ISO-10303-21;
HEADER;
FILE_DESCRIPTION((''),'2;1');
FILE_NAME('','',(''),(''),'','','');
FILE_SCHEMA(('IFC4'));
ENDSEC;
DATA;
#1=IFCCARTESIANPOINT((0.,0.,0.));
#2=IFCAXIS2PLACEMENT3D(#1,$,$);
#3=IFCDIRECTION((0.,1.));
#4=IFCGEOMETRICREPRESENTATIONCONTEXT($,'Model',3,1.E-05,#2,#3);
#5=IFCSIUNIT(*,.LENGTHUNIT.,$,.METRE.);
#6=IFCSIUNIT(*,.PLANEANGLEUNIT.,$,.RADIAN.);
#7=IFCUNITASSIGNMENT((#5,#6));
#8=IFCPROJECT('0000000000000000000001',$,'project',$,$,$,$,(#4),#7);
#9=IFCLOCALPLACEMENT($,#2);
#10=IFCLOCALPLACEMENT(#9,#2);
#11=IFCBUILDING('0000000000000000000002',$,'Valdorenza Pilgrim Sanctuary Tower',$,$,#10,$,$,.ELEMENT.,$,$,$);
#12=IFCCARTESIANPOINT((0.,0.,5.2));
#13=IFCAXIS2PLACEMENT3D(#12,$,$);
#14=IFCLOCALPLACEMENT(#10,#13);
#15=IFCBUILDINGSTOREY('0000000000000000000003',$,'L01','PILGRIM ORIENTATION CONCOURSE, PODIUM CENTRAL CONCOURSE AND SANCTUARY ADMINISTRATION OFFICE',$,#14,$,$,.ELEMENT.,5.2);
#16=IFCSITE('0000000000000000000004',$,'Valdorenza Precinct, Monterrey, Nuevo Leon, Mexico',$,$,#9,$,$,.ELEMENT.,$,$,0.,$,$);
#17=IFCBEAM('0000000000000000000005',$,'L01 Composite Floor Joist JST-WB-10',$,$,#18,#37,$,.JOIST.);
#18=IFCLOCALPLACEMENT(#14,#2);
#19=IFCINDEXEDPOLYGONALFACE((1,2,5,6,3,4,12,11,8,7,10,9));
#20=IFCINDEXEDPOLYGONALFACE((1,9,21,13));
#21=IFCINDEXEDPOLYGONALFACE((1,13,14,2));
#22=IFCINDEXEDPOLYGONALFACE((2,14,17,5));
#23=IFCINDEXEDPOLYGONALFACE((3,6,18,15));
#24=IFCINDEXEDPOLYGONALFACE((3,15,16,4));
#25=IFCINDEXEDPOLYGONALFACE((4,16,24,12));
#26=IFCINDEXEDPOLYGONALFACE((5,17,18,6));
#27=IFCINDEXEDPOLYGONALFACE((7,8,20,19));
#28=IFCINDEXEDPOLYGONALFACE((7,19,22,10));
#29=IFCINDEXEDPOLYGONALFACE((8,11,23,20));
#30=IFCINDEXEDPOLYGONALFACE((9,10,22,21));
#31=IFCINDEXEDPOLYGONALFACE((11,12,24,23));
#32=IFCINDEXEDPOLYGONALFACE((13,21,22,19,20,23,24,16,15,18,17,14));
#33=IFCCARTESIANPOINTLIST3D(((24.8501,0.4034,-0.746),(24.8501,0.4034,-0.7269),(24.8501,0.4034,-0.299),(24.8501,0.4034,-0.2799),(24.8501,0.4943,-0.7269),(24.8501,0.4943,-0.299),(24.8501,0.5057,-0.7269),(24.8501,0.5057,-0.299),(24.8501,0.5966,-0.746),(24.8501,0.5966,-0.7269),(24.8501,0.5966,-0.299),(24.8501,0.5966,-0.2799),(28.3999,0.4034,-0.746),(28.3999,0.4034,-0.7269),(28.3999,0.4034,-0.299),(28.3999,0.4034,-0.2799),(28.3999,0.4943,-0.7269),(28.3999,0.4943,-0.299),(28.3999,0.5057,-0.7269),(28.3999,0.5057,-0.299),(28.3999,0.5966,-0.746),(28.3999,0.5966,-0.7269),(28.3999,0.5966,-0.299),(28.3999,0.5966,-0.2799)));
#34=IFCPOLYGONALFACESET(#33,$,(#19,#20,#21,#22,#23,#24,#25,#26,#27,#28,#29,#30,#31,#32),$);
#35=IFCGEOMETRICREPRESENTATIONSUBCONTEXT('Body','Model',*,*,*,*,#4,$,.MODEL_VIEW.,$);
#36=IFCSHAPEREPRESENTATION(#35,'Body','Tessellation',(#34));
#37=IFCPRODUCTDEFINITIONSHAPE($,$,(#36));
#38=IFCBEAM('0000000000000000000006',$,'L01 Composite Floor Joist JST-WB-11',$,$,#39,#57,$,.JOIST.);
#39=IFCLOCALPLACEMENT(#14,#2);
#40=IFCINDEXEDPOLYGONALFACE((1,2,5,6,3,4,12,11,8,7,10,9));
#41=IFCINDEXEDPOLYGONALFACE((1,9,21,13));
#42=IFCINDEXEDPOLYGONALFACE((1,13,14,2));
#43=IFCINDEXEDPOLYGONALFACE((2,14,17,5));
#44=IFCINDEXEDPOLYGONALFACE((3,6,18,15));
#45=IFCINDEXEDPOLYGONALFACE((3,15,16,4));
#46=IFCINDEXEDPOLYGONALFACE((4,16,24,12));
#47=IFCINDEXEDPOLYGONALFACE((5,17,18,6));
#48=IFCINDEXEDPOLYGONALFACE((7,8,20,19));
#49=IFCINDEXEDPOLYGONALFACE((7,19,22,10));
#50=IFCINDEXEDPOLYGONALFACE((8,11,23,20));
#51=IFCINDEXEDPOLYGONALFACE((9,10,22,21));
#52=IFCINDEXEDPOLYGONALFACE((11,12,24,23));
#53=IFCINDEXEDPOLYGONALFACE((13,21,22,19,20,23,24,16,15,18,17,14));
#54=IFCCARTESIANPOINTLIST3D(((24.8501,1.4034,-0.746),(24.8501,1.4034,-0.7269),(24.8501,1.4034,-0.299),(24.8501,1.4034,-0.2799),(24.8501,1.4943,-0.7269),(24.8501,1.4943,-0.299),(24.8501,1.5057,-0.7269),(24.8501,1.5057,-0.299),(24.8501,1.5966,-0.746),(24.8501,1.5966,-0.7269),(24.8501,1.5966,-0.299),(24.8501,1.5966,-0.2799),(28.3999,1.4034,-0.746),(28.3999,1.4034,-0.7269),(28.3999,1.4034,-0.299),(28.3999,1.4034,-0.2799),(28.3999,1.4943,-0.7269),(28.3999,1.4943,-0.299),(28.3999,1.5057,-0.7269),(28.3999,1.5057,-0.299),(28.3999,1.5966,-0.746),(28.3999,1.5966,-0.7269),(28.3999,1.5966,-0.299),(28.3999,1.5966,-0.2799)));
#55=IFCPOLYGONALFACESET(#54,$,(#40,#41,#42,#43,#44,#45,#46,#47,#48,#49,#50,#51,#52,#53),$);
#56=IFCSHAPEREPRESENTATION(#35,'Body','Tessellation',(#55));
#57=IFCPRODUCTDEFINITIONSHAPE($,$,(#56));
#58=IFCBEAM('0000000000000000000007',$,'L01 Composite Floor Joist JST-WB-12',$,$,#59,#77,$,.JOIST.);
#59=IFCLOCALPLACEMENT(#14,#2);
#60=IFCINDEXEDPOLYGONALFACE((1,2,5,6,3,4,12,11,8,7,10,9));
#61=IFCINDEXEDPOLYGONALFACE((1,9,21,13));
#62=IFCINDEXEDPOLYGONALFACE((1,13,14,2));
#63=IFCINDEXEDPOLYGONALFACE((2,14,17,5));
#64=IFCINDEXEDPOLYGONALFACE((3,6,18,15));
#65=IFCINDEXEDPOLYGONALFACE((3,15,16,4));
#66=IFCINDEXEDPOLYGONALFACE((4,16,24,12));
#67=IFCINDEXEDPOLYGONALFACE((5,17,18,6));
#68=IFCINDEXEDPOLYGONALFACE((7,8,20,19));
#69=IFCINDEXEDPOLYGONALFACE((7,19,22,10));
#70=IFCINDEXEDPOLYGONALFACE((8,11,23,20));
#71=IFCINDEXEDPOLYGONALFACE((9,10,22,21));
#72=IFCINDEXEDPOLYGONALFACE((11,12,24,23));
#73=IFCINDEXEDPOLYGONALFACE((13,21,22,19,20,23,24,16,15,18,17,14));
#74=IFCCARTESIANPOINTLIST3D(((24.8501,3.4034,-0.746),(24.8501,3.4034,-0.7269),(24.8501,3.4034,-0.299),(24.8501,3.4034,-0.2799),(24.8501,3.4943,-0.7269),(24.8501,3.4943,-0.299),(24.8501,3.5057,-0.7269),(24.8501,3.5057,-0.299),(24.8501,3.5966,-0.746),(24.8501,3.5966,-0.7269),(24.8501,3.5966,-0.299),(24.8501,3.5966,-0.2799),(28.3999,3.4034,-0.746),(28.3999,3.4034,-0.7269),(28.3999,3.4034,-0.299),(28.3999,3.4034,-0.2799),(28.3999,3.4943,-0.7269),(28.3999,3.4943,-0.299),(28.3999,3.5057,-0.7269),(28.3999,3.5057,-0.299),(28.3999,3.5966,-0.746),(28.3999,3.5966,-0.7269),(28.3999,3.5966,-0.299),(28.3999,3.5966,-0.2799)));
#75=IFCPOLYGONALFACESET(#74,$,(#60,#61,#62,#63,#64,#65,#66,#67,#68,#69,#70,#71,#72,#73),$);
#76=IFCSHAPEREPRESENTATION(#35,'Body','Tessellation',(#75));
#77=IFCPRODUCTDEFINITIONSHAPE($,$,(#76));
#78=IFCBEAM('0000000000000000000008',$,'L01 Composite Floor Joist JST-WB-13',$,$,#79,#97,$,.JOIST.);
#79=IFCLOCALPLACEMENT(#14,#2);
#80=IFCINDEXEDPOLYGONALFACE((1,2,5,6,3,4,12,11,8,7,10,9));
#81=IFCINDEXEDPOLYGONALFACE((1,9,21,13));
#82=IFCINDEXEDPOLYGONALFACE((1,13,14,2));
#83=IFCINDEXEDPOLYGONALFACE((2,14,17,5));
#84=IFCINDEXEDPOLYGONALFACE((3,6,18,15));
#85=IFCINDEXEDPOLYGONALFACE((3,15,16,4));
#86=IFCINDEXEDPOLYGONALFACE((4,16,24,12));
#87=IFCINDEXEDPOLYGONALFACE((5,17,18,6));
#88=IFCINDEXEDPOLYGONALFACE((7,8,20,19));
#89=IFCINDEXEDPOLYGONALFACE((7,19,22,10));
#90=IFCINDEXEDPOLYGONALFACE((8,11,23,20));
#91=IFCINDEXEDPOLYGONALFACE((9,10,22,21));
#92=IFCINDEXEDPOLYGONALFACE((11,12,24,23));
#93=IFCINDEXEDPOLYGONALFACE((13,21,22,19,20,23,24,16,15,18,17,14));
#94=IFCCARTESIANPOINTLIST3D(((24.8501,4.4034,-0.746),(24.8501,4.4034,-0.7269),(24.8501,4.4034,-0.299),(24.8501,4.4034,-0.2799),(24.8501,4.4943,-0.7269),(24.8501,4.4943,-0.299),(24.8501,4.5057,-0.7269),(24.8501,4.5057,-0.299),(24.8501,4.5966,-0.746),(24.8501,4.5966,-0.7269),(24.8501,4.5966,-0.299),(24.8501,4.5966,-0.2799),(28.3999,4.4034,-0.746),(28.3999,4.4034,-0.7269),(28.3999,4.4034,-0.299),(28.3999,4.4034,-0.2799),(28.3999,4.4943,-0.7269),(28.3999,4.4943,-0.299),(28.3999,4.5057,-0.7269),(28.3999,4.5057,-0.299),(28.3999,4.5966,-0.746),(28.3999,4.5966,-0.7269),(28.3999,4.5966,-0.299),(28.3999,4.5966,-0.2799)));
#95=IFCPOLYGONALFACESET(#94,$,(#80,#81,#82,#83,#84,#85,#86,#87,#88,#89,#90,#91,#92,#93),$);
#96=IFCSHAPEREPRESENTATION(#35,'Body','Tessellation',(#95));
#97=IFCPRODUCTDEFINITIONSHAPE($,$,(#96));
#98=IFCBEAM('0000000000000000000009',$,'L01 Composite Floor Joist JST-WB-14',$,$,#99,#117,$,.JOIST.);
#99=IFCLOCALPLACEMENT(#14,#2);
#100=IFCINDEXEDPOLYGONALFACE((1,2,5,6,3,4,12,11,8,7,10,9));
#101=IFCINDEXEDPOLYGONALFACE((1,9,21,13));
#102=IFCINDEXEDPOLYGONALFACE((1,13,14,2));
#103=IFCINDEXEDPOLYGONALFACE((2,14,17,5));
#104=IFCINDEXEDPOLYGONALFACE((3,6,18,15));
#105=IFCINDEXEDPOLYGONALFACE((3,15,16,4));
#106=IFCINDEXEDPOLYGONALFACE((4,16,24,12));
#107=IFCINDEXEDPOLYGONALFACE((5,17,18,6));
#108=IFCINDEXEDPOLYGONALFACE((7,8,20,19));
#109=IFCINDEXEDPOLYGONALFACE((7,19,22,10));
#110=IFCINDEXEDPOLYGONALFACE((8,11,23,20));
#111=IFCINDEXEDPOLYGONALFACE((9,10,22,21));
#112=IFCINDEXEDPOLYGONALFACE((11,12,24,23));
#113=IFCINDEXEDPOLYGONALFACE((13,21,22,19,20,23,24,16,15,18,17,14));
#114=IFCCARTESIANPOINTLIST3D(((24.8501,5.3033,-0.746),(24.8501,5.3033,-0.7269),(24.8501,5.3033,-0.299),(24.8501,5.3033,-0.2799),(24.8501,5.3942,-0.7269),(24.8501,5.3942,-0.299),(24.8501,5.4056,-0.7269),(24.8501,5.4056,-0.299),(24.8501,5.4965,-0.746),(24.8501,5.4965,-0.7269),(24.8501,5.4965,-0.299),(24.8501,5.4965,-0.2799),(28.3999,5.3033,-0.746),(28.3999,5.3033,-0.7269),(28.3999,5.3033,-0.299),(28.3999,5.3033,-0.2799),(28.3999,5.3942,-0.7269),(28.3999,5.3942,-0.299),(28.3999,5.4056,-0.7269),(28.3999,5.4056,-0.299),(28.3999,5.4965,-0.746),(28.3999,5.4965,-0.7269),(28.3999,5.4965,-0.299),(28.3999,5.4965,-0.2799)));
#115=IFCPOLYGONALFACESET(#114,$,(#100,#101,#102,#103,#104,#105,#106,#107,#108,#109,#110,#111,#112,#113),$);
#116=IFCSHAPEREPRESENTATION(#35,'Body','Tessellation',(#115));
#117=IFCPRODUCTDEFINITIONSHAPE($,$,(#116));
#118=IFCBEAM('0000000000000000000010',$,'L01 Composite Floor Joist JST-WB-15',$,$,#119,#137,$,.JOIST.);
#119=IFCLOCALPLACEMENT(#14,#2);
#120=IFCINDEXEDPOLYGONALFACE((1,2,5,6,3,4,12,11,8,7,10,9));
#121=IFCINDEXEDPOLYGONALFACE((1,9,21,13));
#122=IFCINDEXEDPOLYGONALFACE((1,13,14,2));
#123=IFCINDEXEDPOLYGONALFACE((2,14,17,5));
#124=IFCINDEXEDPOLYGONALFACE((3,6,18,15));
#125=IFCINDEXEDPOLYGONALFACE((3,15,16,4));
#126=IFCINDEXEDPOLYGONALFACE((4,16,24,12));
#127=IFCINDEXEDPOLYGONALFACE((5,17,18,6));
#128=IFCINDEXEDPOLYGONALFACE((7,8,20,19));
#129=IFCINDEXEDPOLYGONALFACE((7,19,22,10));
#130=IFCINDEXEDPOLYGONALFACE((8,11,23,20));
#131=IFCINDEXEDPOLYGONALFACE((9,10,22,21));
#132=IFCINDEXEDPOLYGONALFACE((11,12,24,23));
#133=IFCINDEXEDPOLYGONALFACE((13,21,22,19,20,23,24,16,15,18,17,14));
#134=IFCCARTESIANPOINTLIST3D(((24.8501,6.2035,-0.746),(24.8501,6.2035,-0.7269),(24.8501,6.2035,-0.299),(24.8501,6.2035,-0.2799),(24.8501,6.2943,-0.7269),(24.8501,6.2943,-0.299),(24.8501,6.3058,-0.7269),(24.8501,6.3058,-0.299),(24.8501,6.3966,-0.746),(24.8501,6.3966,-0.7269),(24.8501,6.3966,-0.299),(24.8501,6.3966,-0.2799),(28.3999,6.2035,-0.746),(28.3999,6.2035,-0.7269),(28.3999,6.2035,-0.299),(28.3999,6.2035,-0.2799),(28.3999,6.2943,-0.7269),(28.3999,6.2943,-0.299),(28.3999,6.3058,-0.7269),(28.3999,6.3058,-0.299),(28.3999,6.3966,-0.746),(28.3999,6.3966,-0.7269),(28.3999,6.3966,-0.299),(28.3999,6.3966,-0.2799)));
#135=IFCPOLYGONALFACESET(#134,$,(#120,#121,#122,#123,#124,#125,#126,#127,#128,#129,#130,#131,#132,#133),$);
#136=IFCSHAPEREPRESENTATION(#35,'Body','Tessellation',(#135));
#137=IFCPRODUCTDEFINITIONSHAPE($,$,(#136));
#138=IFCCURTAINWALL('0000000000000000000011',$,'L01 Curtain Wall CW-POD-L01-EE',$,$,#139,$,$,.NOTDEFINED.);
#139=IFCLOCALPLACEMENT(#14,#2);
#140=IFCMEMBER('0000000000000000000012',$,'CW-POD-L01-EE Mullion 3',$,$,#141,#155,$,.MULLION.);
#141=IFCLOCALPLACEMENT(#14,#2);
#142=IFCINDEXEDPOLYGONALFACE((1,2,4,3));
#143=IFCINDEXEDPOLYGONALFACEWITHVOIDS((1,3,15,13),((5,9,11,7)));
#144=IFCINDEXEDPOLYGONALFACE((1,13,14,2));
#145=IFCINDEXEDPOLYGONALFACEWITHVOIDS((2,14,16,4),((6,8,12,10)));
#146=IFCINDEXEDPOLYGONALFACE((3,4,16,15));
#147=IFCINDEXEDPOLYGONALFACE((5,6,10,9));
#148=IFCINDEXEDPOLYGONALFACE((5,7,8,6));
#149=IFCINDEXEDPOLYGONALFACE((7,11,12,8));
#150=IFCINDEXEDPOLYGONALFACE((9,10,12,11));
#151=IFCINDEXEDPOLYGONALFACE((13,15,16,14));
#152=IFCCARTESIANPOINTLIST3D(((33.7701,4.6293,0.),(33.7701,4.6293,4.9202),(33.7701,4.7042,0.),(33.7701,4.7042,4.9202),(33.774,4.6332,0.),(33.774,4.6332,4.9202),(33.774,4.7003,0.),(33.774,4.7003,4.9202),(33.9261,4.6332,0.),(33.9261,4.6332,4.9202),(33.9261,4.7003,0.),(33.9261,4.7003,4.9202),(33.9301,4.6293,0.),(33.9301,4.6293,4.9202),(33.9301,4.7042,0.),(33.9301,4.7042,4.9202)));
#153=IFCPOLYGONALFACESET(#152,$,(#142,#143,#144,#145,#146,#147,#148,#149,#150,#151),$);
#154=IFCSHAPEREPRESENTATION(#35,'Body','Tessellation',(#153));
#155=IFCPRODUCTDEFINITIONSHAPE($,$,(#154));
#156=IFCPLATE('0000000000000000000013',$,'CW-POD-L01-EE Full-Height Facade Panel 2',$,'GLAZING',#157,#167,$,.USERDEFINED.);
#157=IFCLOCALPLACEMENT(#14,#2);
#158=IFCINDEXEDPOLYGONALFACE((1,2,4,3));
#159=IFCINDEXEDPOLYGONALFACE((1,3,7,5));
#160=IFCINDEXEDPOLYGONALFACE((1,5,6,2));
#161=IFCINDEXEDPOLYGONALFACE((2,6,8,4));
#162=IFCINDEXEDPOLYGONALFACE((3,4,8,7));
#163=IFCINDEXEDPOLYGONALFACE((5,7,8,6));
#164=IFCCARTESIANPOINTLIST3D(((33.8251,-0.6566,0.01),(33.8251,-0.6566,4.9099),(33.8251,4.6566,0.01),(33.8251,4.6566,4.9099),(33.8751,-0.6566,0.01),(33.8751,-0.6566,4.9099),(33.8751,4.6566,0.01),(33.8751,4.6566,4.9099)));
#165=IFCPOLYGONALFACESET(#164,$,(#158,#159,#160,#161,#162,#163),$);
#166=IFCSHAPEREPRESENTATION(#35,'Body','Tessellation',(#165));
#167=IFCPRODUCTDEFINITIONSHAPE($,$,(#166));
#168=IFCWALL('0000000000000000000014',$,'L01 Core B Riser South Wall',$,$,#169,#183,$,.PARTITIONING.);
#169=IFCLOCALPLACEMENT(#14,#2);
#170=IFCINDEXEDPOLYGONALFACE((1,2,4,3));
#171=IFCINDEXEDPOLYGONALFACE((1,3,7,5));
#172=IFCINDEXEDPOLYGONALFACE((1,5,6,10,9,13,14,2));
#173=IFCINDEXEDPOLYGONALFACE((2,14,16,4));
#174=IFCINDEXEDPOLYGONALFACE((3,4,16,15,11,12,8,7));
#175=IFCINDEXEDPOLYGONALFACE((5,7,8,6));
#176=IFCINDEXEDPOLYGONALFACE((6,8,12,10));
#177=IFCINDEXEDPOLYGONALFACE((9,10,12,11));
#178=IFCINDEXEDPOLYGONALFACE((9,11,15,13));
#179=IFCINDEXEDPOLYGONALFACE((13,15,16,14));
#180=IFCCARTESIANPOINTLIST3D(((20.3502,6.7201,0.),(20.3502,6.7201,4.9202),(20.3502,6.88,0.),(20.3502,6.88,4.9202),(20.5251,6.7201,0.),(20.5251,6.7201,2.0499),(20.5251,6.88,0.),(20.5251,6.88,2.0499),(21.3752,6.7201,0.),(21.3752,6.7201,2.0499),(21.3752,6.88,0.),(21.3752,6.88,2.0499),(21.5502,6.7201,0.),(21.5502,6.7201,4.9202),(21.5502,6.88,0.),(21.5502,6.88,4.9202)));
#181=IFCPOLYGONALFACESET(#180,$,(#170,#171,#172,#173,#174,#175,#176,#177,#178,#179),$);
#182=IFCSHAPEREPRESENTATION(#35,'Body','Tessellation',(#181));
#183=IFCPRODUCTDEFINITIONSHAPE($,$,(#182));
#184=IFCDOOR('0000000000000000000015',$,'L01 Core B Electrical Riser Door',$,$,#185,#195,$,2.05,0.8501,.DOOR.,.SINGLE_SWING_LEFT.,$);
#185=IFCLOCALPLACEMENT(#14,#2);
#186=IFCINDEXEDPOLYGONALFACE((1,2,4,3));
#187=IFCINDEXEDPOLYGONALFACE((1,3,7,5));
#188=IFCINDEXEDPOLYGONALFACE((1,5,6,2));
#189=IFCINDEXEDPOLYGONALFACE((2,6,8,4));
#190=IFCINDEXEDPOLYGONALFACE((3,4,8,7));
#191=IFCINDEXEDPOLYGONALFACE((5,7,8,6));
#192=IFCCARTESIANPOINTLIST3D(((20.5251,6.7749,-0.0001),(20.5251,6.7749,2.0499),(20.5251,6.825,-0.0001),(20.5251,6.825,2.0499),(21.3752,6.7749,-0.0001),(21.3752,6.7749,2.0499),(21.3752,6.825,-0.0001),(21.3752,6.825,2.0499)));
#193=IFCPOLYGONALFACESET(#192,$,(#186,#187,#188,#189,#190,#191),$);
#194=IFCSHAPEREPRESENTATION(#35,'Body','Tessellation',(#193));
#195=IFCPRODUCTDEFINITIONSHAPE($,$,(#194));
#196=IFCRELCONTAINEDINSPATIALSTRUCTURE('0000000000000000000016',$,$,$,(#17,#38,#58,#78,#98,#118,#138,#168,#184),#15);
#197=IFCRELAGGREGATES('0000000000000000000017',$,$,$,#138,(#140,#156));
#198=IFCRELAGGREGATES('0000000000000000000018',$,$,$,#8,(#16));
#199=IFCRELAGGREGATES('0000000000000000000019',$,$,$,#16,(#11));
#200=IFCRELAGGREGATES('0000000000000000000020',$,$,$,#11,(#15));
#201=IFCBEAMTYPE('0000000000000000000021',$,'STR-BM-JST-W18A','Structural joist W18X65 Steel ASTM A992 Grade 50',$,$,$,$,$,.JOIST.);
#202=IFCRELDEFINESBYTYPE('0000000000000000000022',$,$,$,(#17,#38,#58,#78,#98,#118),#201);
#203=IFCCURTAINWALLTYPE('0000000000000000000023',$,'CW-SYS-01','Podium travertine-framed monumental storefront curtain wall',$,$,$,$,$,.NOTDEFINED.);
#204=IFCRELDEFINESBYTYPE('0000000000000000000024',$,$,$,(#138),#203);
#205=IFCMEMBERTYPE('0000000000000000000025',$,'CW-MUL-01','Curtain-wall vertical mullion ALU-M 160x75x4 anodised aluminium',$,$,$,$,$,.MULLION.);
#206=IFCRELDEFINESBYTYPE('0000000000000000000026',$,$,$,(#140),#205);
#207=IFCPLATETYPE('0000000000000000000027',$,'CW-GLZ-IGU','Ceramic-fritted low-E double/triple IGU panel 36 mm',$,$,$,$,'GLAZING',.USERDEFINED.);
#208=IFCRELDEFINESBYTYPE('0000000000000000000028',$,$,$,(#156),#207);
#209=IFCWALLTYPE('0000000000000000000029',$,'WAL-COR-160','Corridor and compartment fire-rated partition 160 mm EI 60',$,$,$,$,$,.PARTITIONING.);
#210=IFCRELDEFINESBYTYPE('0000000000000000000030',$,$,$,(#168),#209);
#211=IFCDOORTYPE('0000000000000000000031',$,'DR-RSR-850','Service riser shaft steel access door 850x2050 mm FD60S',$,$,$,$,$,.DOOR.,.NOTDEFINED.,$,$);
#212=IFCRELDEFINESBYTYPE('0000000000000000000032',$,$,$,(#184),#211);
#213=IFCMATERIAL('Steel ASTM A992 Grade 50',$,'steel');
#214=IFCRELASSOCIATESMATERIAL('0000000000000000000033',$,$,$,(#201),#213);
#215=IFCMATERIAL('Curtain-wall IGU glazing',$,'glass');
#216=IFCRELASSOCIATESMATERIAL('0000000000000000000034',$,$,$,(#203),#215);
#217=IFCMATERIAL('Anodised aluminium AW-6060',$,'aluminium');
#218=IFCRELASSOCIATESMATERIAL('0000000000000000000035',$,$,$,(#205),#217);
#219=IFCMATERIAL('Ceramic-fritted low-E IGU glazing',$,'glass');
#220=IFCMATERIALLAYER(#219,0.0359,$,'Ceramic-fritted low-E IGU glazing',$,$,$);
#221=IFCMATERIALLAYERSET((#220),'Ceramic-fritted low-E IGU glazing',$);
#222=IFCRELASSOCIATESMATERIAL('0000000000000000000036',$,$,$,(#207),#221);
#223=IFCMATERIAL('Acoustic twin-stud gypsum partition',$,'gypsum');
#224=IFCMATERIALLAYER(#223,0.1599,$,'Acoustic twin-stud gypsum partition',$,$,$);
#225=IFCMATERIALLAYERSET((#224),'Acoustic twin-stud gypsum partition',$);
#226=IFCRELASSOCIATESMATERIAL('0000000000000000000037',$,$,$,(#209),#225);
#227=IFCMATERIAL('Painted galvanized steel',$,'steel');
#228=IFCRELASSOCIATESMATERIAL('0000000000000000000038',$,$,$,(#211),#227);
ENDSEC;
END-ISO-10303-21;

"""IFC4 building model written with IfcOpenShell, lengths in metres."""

from ifc_helpers import new_model, si_unit, direction, frame, frame_2d, origin, origin_2d, place, context, subcontext, project, spatial, rectangle, hollow_rectangle, i_section, extrude, source, transform, mapped, material, layer, layer_set, material_profile, profile_set, type_object, element, fill, aggregate, save


model = new_model("IFC4")

# Units and contexts
model_context = context("Model", 3, precision=1e-05, world=origin(), true_north=direction((0.0, 1.0)))
body_context = subcontext(model_context, "Body", "Model", "MODEL_VIEW")
ifc_project = project(units=[si_unit("LENGTHUNIT", "METRE"), si_unit("PLANEANGLEUNIT", "RADIAN")], contexts=[model_context])

# Site, building, storey
site_placement = place(None, origin())
site = spatial("IfcSite", under=ifc_project, at=site_placement, Name="Valdorenza Precinct, Monterrey, Nuevo Leon, Mexico", CompositionType="ELEMENT", RefElevation=0.0)
building_placement = place(site_placement, origin())
building = spatial("IfcBuilding", under=site, at=building_placement, Name="Valdorenza Pilgrim Sanctuary Tower", CompositionType="ELEMENT")
storey_placement = place(building_placement, frame((0.0, 0.0, 5.2)))
storey = spatial("IfcBuildingStorey", under=building, at=storey_placement, Name="L01", Description="PILGRIM ORIENTATION CONCOURSE, PODIUM CENTRAL CONCOURSE AND SANCTUARY ADMINISTRATION OFFICE", CompositionType="ELEMENT", Elevation=5.2)

# Beams
ifc_material_1 = material(Name="Steel ASTM A992 Grade 50", Category="steel")
ifc_material_profile_1 = material_profile(ifc_material_1, i_section(OverallWidth=0.1931, OverallDepth=0.4661, WebThickness=0.0115, FlangeThickness=0.019, at=origin_2d()), Name="W18X65")
ifc_profile_set_1 = profile_set([ifc_material_profile_1], Name="Steel ASTM A992 Grade 50")
beam_type = type_object("IfcBeamType", Name="STR-BM-JST-W18A", Description="Structural joist W18X65 Steel ASTM A992 Grade 50", PredefinedType="JOIST", material=ifc_profile_set_1)
shared_shape_1 = source(origin(), body_context, "Body", "SweptSolid", [
    extrude(i_section(OverallWidth=0.1931, OverallDepth=0.4661, WebThickness=0.0115, FlangeThickness=0.019, at=origin_2d()), origin(), (0.0, 0.0, 1.0), 3.5498),
])
for number, where, z_axis, x_axis, name in (
    (1, (24.8501, 0.5, -0.5129), (1.0, 0.0, 0.0), (0.0, 1.0, 0.0), "L01 Composite Floor Joist JST-WB-10"),
    (2, (24.8501, 1.5, -0.5129), (1.0, 0.0, 0.0), (0.0, 1.0, 0.0), "L01 Composite Floor Joist JST-WB-11"),
    (3, (24.8501, 3.5, -0.5129), (1.0, 0.0, 0.0), (0.0, 1.0, 0.0), "L01 Composite Floor Joist JST-WB-12"),
    (4, (24.8501, 4.5, -0.5129), (1.0, 0.0, 0.0), (0.0, 1.0, 0.0), "L01 Composite Floor Joist JST-WB-13"),
    (5, (24.8501, 5.3999, -0.5129), (1.0, 0.0, 0.0), (0.0, 1.0, 0.0), "L01 Composite Floor Joist JST-WB-14"),
    (6, (24.8501, 6.3, -0.5129), (1.0, 0.0, 0.0), (0.0, 1.0, 0.0), "L01 Composite Floor Joist JST-WB-15"),
):
    element("IfcBeam", number, at=place(storey_placement, frame(where, z_axis=z_axis, x_axis=x_axis)), inside=storey, type_object=beam_type, Name=name, PredefinedType="JOIST", context=body_context, shape_type="MappedRepresentation", body=[
        mapped(shared_shape_1, transform((0.0, 0.0, 0.0), x_axis=(1.0, 0.0, 0.0), y_axis=(0.0, 1.0, 0.0), z_axis=(0.0, 0.0, 1.0), scale=1.0)),
    ])

# Curtain wall, member, plate
ifc_material_2 = material(Name="Curtain-wall IGU glazing", Category="glass")
curtain_wall_type = type_object("IfcCurtainWallType", Name="CW-SYS-01", Description="Podium travertine-framed monumental storefront curtain wall", PredefinedType="NOTDEFINED", material=ifc_material_2)
curtain_wall_placement = place(storey_placement, origin())
curtain_wall = element("IfcCurtainWall", 7, at=curtain_wall_placement, inside=storey, type_object=curtain_wall_type, Name="L01 Curtain Wall CW-POD-L01-EE", PredefinedType="NOTDEFINED")
ifc_material_3 = material(Name="Anodised aluminium AW-6060", Category="aluminium")
ifc_material_profile_2 = material_profile(ifc_material_3, hollow_rectangle(XDim=0.075, YDim=0.1599, WallThickness=0.0039, at=origin_2d()), Name="ALU-M 160x75x4")
ifc_profile_set_2 = profile_set([ifc_material_profile_2], Name="Anodised aluminium AW-6060")
member_type = type_object("IfcMemberType", Name="CW-MUL-01", Description="Curtain-wall vertical mullion ALU-M 160x75x4 anodised aluminium", PredefinedType="MULLION", material=ifc_profile_set_2)
shared_shape_2 = source(origin(), body_context, "Body", "SweptSolid", [
    extrude(hollow_rectangle(XDim=0.075, YDim=0.1599, WallThickness=0.0039, at=origin_2d()), origin(), (0.0, 0.0, 1.0), 4.9202),
])
member_placement = place(storey_placement, frame((33.8501, 4.6667, 0.0), z_axis=(0.0, 0.0, 1.0), x_axis=(0.0, 1.0, 0.0)))
member = element("IfcMember", 8, at=member_placement, type_object=member_type, Name="CW-POD-L01-EE Mullion 3", PredefinedType="MULLION", context=body_context, shape_type="MappedRepresentation", body=[
    mapped(shared_shape_2, transform((0.0, 0.0, 0.0), x_axis=(1.0, 0.0, 0.0), y_axis=(0.0, 1.0, 0.0), z_axis=(0.0, 0.0, 1.0), scale=1.0)),
])
ifc_material_4 = material(Name="Ceramic-fritted low-E IGU glazing", Category="glass")
ifc_layer_1 = layer(ifc_material_4, 0.0359, Name="Ceramic-fritted low-E IGU glazing")
ifc_layer_set_1 = layer_set([ifc_layer_1], Name="Ceramic-fritted low-E IGU glazing")
plate_type = type_object("IfcPlateType", Name="CW-GLZ-IGU", Description="Ceramic-fritted low-E double/triple IGU panel 36 mm", ElementType="GLAZING", PredefinedType="USERDEFINED", material=ifc_layer_set_1)
shared_shape_3 = source(origin(), body_context, "Body", "SweptSolid", [
    extrude(rectangle(XDim=5.3132, YDim=0.05, at=origin_2d()), origin(), (0.0, 0.0, 1.0), 4.8999),
])
plate_placement = place(storey_placement, frame((33.8501, 2.0, 0.01), z_axis=(0.0, 0.0, 1.0), x_axis=(0.0, 1.0, 0.0)))
plate = element("IfcPlate", 9, at=plate_placement, type_object=plate_type, Name="CW-POD-L01-EE Full-Height Facade Panel 2", ObjectType="GLAZING", PredefinedType="USERDEFINED", context=body_context, shape_type="MappedRepresentation", body=[
    mapped(shared_shape_3, transform((0.0, 0.0, 0.0), x_axis=(1.0, 0.0, 0.0), y_axis=(0.0, 1.0, 0.0), z_axis=(0.0, 0.0, 1.0), scale=1.0)),
])
aggregate(curtain_wall, [member, plate])

# Wall, opening, door
ifc_material_5 = material(Name="Acoustic twin-stud gypsum partition", Category="gypsum")
ifc_layer_2 = layer(ifc_material_5, 0.1599, Name="Acoustic twin-stud gypsum partition")
ifc_layer_set_2 = layer_set([ifc_layer_2], Name="Acoustic twin-stud gypsum partition")
wall_type_1 = type_object("IfcWallType", Name="WAL-COR-160", Description="Corridor and compartment fire-rated partition 160 mm EI 60", PredefinedType="PARTITIONING", material=ifc_layer_set_2)
wall_1_placement = place(storey_placement, frame((20.3501, 6.8, 0.0), z_axis=(0.0, 0.0, 1.0), x_axis=(1.0, 0.0, 0.0)))
wall_1 = element("IfcWall", 10, at=wall_1_placement, inside=storey, type_object=wall_type_1, Name="L01 Core B Riser South Wall", PredefinedType="PARTITIONING", context=body_context, shape_type="SweptSolid", body=[
    extrude(rectangle(XDim=1.2, YDim=0.1599, at=frame_2d((0.6001, 0.0))), origin(), (0.0, 0.0, 1.0), 4.9202),
])
opening_placement = place(wall_1_placement, frame((0.175, 0.0, 0.0)))
opening = element("IfcOpeningElement", 11, at=opening_placement, cuts=wall_1, PredefinedType="OPENING", context=body_context, shape_type="SweptSolid", body=[
    extrude(rectangle(XDim=0.8501, YDim=2.05, at=frame_2d((0.425, 1.0249))), frame((0.0, 0.0947, 0.0), z_axis=(0.0, -1.0, 0.0), x_axis=(1.0, 0.0, 0.0)), (0.0, 0.0, 1.0), 0.1897),
])
ifc_material_6 = material(Name="Painted galvanized steel", Category="steel")
door_type = type_object("IfcDoorType", Name="DR-RSR-850", Description="Service riser shaft steel access door 850x2050 mm FD60S", OperationType="NOTDEFINED", PredefinedType="DOOR", material=ifc_material_6)
door_placement = place(opening_placement, origin())
door = element("IfcDoor", 12, at=door_placement, inside=storey, type_object=door_type, Name="L01 Core B Electrical Riser Door", OperationType="SINGLE_SWING_LEFT", OverallHeight=2.05, OverallWidth=0.8501, PredefinedType="DOOR", context=body_context, shape_type="SweptSolid", body=[
    extrude(rectangle(XDim=0.8501, YDim=2.05, at=frame_2d((0.425, 1.0249))), frame((0.0, 0.0249, 0.0), z_axis=(0.0, -1.0, 0.0), x_axis=(1.0, 0.0, 0.0)), (0.0, 0.0, 1.0), 0.05),
])
fill(opening, door)

save(model, "model.ifc")
